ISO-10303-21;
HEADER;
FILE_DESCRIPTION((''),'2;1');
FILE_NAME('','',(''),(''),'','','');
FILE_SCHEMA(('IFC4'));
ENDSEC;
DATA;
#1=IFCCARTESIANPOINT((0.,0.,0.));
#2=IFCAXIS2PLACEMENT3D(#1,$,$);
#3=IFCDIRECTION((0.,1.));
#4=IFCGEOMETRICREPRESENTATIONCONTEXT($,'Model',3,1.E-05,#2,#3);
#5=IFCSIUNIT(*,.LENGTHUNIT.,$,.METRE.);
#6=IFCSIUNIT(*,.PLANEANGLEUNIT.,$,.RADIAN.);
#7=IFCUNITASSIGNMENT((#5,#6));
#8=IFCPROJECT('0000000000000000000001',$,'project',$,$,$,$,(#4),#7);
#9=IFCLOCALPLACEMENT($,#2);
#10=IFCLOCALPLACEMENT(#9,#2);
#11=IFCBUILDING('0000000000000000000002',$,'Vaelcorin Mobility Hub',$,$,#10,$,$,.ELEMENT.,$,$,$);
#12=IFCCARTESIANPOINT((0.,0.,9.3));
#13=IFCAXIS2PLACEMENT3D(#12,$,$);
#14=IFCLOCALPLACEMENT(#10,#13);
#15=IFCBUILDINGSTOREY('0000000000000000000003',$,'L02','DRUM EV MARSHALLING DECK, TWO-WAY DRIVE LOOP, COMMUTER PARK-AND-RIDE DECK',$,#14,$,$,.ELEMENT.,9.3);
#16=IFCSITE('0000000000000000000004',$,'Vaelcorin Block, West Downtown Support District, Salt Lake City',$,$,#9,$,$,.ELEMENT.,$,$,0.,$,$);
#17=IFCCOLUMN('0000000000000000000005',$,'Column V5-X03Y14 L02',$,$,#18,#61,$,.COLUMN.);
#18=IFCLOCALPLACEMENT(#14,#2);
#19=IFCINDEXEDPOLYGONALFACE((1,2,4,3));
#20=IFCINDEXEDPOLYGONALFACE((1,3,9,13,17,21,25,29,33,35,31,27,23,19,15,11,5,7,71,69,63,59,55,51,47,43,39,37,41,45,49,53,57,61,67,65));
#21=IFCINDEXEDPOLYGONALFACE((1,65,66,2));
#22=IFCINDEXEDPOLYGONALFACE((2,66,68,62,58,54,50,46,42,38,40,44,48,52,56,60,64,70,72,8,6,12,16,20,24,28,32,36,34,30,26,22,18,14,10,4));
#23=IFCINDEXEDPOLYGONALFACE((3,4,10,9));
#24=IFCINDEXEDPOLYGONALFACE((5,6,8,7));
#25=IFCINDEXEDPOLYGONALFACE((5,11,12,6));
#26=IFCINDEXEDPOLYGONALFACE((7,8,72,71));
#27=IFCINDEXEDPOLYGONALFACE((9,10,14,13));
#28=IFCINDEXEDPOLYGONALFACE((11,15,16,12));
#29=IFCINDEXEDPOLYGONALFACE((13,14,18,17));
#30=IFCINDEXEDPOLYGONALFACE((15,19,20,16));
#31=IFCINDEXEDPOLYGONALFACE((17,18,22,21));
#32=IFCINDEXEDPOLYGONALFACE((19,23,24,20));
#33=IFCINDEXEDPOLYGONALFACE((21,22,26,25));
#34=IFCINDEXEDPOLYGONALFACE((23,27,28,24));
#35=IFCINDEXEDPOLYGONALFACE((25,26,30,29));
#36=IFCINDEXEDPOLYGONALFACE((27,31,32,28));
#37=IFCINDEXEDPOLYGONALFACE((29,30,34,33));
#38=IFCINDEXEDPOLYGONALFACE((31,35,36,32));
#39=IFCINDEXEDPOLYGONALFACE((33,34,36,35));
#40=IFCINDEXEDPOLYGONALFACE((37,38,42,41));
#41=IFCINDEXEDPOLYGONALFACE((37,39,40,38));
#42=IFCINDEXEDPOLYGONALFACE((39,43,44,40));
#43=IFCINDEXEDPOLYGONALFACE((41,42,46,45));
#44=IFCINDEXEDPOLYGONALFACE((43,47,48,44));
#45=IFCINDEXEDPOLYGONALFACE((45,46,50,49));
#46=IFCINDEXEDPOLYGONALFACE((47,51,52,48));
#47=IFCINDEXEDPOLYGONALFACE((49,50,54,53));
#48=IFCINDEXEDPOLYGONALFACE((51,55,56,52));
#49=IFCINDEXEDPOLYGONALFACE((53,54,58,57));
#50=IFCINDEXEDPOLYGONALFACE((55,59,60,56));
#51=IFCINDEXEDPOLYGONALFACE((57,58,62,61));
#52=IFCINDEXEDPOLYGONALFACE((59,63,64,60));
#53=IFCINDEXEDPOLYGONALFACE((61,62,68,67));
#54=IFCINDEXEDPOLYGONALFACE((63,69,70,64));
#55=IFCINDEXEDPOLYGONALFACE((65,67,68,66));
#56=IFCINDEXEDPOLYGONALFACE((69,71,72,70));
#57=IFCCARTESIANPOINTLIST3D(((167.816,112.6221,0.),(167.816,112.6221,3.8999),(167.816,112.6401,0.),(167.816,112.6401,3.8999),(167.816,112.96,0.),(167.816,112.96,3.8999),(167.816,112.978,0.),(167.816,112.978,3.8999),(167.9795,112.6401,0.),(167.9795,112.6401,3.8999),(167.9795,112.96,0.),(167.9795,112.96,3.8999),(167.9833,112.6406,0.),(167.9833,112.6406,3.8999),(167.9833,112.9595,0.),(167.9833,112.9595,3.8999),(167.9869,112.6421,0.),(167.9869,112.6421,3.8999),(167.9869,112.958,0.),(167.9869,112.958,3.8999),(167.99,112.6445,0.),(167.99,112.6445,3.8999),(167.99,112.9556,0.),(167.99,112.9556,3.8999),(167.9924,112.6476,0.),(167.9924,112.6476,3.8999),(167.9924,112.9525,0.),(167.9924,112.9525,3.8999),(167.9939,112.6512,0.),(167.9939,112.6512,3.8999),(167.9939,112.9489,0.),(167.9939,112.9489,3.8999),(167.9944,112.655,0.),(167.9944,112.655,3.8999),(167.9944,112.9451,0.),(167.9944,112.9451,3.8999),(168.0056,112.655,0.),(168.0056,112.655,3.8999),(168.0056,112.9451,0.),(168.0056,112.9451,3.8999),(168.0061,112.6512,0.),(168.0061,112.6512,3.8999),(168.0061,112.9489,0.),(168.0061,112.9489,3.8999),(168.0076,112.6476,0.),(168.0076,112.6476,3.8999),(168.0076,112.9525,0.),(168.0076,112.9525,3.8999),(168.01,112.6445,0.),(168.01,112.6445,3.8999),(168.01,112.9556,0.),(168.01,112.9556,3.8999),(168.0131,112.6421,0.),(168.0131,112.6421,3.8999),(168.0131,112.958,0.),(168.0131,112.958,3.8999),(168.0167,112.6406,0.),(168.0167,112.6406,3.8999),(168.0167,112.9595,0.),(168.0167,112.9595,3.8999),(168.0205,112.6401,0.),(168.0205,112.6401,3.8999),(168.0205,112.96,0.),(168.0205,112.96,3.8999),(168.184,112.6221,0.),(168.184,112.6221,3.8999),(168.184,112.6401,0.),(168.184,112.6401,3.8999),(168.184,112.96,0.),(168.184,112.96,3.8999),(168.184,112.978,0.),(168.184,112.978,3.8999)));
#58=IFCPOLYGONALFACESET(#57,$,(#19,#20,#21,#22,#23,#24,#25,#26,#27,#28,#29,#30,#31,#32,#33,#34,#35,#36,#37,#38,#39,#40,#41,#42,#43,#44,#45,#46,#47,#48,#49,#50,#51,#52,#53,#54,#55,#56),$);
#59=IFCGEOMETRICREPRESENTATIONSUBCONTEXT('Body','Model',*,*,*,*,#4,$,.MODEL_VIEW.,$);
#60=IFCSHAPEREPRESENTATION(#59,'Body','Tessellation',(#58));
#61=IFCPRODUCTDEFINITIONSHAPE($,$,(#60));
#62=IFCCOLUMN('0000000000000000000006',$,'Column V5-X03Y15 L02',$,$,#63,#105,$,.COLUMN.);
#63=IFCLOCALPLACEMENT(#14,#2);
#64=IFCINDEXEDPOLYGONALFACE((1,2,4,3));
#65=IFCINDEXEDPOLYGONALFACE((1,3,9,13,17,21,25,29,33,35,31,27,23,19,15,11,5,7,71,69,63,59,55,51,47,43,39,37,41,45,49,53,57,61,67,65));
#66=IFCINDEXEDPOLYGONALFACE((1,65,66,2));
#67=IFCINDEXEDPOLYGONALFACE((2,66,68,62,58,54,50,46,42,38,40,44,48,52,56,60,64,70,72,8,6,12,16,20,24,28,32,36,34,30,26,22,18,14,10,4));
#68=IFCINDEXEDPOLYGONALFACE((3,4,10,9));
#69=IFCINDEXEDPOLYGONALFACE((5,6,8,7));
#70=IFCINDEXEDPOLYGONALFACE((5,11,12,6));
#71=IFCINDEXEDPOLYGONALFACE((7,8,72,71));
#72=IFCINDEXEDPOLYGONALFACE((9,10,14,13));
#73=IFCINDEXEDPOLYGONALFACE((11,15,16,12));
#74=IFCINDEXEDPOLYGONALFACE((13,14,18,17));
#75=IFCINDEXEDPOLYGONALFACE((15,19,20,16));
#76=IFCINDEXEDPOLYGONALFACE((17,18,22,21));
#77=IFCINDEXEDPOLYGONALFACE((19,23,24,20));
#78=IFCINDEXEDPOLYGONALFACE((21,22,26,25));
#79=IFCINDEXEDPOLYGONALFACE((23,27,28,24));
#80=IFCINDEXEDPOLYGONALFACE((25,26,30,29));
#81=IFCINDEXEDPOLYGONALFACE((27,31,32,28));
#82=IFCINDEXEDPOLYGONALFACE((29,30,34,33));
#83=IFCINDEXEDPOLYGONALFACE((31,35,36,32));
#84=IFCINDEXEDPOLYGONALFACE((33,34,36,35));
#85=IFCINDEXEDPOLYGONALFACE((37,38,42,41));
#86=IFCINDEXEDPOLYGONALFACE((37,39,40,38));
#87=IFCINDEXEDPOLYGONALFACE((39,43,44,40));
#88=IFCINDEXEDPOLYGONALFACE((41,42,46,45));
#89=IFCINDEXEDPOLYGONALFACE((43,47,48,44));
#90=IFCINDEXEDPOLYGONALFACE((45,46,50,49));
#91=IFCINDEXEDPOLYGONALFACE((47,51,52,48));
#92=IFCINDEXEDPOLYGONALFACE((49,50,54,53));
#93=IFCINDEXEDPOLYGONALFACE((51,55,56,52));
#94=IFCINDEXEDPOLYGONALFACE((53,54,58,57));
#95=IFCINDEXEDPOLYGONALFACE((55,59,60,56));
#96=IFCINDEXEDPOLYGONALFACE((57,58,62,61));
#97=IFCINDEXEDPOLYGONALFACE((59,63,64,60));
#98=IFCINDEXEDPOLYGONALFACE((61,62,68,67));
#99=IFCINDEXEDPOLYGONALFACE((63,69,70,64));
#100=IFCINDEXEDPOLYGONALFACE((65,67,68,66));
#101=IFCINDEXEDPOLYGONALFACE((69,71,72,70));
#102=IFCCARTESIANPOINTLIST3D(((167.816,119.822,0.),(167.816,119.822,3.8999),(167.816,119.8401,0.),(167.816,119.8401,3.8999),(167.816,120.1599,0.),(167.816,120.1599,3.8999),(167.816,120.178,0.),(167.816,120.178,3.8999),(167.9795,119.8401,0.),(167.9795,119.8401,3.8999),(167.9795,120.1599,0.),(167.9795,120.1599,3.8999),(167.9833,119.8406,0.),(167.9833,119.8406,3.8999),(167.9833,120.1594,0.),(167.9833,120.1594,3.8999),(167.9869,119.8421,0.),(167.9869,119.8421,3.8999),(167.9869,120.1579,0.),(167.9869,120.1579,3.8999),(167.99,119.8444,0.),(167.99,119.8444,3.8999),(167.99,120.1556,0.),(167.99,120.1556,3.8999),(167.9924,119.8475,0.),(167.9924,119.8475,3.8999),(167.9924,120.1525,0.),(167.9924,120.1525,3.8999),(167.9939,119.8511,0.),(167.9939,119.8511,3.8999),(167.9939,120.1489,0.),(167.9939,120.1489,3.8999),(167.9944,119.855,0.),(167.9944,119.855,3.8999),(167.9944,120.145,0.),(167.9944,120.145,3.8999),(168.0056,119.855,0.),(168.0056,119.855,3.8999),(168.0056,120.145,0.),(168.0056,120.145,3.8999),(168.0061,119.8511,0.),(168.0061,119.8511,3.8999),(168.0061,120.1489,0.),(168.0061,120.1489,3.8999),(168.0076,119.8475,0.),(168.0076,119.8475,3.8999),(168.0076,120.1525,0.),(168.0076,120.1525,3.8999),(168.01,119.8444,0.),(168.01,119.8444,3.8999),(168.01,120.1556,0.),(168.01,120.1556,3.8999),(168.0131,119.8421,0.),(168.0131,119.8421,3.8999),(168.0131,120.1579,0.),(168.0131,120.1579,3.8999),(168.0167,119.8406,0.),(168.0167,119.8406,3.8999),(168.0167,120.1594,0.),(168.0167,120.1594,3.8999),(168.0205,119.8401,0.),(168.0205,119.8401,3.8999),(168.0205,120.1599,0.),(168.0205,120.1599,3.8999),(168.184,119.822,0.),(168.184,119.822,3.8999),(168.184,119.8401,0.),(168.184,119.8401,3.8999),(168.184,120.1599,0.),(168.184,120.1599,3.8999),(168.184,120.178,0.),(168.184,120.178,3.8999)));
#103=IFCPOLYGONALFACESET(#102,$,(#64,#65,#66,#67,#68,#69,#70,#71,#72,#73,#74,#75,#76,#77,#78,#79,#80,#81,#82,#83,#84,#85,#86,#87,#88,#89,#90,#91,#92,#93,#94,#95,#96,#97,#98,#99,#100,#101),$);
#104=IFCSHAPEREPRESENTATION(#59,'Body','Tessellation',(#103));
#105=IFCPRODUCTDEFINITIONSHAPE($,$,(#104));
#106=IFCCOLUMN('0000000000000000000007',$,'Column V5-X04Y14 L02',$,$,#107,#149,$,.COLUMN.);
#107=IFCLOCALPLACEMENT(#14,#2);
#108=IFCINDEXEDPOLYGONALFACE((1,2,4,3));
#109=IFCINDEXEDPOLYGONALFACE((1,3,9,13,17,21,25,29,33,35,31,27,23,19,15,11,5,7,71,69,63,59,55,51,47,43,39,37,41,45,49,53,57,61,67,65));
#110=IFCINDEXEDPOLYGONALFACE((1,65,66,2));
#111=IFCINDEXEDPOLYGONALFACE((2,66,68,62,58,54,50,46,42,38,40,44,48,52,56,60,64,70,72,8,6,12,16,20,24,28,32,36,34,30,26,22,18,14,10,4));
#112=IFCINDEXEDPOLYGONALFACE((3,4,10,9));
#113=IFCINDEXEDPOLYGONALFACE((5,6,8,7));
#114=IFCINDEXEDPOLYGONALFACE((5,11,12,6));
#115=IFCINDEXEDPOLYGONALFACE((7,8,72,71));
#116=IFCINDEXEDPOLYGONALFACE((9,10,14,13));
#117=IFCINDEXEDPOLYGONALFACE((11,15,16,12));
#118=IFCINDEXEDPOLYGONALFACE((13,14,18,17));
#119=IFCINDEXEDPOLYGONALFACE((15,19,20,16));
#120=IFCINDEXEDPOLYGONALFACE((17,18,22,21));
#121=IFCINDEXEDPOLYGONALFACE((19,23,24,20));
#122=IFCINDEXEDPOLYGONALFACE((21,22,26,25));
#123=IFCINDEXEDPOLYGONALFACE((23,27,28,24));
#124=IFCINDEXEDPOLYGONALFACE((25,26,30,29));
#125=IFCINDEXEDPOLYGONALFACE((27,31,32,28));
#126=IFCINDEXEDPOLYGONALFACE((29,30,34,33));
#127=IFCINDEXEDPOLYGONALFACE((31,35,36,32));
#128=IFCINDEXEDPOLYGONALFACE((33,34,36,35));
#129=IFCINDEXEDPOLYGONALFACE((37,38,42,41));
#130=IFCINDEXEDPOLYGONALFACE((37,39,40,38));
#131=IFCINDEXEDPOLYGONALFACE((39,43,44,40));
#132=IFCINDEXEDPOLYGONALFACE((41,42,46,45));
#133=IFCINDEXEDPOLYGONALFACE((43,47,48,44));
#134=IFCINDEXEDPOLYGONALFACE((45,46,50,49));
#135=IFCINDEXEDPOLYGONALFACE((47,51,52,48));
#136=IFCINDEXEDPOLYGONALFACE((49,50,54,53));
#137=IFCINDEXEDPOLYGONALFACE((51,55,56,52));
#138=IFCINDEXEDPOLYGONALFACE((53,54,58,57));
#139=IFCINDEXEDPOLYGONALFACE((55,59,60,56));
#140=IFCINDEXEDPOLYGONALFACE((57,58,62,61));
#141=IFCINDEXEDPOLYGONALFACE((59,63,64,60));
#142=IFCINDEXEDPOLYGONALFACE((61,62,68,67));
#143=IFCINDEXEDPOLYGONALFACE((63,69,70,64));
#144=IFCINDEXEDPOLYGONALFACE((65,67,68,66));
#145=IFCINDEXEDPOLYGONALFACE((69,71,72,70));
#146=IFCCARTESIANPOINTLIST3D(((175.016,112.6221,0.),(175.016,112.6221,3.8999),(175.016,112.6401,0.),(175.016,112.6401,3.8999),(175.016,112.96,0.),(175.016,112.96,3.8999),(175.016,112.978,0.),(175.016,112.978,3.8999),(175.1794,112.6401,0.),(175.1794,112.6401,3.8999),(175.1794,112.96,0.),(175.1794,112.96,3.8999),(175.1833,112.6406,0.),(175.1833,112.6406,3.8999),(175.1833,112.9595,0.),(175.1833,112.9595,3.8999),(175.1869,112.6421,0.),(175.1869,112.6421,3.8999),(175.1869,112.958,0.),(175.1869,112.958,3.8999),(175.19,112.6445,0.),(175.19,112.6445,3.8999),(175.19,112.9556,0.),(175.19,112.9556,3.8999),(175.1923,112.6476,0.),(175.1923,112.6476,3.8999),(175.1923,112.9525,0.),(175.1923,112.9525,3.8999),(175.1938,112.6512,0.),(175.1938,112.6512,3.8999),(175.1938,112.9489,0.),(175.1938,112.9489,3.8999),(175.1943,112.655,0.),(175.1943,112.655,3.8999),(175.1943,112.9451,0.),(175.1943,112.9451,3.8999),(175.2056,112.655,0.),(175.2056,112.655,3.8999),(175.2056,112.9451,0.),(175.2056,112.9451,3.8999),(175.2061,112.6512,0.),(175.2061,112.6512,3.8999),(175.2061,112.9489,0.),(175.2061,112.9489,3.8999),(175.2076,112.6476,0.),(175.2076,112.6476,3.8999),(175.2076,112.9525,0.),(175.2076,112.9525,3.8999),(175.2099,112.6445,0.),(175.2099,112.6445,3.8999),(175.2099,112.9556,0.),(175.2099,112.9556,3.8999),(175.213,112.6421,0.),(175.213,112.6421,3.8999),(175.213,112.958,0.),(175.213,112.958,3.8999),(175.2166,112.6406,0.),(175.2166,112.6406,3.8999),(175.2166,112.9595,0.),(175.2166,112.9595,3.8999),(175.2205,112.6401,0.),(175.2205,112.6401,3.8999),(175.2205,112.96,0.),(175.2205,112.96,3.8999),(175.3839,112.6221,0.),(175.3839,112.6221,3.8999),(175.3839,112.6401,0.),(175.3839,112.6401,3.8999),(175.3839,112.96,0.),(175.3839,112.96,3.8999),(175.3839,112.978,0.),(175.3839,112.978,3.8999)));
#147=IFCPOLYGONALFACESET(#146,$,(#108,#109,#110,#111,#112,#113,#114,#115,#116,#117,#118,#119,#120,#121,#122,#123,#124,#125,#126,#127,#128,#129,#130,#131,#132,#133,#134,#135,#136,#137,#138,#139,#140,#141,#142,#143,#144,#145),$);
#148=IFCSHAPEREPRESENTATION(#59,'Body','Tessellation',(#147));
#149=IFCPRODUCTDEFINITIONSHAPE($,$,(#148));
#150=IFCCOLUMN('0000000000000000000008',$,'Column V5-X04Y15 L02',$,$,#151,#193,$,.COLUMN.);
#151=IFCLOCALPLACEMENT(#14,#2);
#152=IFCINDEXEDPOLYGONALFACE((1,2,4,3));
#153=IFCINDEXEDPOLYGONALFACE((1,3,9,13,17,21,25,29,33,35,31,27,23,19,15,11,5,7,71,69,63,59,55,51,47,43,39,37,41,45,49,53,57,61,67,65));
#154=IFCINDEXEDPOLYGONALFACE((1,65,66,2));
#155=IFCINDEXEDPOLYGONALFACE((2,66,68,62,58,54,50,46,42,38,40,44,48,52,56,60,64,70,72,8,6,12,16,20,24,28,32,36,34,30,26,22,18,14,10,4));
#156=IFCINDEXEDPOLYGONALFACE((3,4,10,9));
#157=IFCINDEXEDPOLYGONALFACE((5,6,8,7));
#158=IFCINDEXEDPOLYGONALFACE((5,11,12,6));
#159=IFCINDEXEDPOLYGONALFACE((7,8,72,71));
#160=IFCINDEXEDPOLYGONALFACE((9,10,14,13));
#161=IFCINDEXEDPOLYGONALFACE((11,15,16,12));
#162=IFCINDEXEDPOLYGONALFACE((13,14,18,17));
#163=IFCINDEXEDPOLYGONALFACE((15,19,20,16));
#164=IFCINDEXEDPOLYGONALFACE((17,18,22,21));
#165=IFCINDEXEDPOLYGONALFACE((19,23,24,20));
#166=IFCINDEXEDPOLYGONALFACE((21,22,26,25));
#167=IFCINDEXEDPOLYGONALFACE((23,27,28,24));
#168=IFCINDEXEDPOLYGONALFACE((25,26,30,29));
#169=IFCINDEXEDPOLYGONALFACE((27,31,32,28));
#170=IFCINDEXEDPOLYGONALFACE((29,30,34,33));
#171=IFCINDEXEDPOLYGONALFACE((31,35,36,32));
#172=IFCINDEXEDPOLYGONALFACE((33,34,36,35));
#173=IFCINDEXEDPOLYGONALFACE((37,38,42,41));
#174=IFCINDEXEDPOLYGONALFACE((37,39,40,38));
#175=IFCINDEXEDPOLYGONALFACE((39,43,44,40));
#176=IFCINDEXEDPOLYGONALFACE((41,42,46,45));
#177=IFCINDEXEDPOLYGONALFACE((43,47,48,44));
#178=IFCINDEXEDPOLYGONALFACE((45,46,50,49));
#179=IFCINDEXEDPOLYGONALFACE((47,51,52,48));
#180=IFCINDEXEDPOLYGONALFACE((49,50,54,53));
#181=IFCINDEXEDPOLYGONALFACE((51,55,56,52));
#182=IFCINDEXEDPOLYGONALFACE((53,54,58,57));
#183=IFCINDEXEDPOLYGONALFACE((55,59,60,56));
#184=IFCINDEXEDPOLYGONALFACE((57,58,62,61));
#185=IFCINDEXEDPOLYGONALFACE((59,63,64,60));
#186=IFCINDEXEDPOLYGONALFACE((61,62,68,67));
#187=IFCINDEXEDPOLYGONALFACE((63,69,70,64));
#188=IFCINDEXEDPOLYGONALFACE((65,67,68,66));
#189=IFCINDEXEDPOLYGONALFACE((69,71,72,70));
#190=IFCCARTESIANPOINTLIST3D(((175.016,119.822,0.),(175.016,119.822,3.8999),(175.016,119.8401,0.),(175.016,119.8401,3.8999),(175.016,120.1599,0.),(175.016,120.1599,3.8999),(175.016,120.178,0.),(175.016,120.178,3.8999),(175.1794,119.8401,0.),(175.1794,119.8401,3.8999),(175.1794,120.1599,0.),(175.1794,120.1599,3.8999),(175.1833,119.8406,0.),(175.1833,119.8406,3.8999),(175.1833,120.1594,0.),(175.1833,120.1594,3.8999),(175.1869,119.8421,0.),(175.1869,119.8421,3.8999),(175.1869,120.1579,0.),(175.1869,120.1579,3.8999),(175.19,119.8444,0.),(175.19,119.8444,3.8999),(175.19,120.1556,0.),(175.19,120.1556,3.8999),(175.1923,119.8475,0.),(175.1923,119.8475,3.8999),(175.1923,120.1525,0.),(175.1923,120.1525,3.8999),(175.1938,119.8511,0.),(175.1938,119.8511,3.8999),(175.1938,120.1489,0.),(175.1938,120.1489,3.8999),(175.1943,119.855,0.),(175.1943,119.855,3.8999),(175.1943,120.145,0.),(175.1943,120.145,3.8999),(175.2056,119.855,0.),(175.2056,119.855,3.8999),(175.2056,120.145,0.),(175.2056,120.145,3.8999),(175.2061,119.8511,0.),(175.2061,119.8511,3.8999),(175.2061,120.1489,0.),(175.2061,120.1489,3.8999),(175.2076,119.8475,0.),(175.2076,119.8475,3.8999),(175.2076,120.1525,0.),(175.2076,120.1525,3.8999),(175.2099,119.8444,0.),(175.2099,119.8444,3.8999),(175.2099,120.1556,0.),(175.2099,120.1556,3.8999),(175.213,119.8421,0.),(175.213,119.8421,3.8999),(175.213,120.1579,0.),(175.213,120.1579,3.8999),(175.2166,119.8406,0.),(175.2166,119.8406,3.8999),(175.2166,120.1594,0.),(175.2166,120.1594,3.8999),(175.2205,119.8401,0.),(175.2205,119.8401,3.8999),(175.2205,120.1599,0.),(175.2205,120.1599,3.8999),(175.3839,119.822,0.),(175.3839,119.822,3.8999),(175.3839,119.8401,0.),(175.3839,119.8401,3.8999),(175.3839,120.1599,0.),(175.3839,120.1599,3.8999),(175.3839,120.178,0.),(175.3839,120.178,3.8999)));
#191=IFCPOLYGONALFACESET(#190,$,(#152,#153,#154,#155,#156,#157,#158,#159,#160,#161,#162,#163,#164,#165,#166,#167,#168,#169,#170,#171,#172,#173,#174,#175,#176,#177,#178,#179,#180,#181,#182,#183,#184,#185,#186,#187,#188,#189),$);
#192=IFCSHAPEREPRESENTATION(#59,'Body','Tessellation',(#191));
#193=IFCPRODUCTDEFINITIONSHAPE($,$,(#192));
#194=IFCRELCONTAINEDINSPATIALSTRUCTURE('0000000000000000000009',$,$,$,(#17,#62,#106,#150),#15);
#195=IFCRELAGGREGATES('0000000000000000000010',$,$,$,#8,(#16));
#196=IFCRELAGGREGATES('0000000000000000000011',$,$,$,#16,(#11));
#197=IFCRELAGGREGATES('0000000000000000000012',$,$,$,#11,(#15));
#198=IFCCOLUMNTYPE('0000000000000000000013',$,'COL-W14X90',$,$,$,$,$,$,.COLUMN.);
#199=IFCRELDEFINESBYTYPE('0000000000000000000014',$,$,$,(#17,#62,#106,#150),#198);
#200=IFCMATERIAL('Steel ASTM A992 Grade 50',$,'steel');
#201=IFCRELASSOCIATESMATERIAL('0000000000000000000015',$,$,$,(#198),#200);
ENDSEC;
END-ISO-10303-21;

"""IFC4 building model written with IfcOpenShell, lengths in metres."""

from ifc_helpers import new_model, si_unit, direction, frame, origin, origin_2d, place, context, subcontext, project, spatial, i_section, extrude, material, material_profile, profile_set, type_object, element, save


model = new_model("IFC4")

# Units and contexts
model_context = context("Model", 3, precision=1e-05, world=origin(), true_north=direction((0.0, 1.0)))
body_context = subcontext(model_context, "Body", "Model", "MODEL_VIEW")
ifc_project = project(units=[si_unit("LENGTHUNIT", "METRE"), si_unit("PLANEANGLEUNIT", "RADIAN")], contexts=[model_context])

# Site, building, storey
site_placement = place(None, origin())
site = spatial("IfcSite", under=ifc_project, at=site_placement, Name="Vaelcorin Block, West Downtown Support District, Salt Lake City", CompositionType="ELEMENT", RefElevation=0.0)
building_placement = place(site_placement, origin())
building = spatial("IfcBuilding", under=site, at=building_placement, Name="Vaelcorin Mobility Hub", CompositionType="ELEMENT")
storey_placement = place(building_placement, frame((0.0, 0.0, 9.3)))
storey = spatial("IfcBuildingStorey", under=building, at=storey_placement, Name="L02", Description="DRUM EV MARSHALLING DECK, TWO-WAY DRIVE LOOP, COMMUTER PARK-AND-RIDE DECK", CompositionType="ELEMENT", Elevation=9.3)

# Columns
ifc_material_1 = material(Name="Steel ASTM A992 Grade 50", Category="steel")
ifc_material_profile_1 = material_profile(ifc_material_1, i_section(OverallWidth=0.3679, OverallDepth=0.356, WebThickness=0.0112, FlangeThickness=0.0181, FilletRadius=0.0149, at=origin_2d()), Name="W14X90")
ifc_profile_set_1 = profile_set([ifc_material_profile_1], Name="Steel ASTM A992 Grade 50")
column_type = type_object("IfcColumnType", Name="COL-W14X90", PredefinedType="COLUMN", material=ifc_profile_set_1)
for number, where, z_axis, x_axis, name in (
    (1, (168.0, 112.8, 0.0), (0.0, 0.0, 1.0), (1.0, 0.0, 0.0), "Column V5-X03Y14 L02"),
    (2, (168.0, 120.0, 0.0), (0.0, 0.0, 1.0), (1.0, 0.0, 0.0), "Column V5-X03Y15 L02"),
    (3, (175.2, 112.8, 0.0), (0.0, 0.0, 1.0), (1.0, 0.0, 0.0), "Column V5-X04Y14 L02"),
    (4, (175.2, 120.0, 0.0), (0.0, 0.0, 1.0), (1.0, 0.0, 0.0), "Column V5-X04Y15 L02"),
):
    element("IfcColumn", number, at=place(storey_placement, frame(where, z_axis=z_axis, x_axis=x_axis)), inside=storey, type_object=column_type, Name=name, PredefinedType="COLUMN", context=body_context, shape_type="SweptSolid", body=[
        extrude(i_section(OverallWidth=0.3679, OverallDepth=0.356, WebThickness=0.0112, FlangeThickness=0.0181, FilletRadius=0.0149, at=origin_2d()), origin(), (0.0, 0.0, 1.0), 3.8999),
    ])

save(model, "model.ifc")
